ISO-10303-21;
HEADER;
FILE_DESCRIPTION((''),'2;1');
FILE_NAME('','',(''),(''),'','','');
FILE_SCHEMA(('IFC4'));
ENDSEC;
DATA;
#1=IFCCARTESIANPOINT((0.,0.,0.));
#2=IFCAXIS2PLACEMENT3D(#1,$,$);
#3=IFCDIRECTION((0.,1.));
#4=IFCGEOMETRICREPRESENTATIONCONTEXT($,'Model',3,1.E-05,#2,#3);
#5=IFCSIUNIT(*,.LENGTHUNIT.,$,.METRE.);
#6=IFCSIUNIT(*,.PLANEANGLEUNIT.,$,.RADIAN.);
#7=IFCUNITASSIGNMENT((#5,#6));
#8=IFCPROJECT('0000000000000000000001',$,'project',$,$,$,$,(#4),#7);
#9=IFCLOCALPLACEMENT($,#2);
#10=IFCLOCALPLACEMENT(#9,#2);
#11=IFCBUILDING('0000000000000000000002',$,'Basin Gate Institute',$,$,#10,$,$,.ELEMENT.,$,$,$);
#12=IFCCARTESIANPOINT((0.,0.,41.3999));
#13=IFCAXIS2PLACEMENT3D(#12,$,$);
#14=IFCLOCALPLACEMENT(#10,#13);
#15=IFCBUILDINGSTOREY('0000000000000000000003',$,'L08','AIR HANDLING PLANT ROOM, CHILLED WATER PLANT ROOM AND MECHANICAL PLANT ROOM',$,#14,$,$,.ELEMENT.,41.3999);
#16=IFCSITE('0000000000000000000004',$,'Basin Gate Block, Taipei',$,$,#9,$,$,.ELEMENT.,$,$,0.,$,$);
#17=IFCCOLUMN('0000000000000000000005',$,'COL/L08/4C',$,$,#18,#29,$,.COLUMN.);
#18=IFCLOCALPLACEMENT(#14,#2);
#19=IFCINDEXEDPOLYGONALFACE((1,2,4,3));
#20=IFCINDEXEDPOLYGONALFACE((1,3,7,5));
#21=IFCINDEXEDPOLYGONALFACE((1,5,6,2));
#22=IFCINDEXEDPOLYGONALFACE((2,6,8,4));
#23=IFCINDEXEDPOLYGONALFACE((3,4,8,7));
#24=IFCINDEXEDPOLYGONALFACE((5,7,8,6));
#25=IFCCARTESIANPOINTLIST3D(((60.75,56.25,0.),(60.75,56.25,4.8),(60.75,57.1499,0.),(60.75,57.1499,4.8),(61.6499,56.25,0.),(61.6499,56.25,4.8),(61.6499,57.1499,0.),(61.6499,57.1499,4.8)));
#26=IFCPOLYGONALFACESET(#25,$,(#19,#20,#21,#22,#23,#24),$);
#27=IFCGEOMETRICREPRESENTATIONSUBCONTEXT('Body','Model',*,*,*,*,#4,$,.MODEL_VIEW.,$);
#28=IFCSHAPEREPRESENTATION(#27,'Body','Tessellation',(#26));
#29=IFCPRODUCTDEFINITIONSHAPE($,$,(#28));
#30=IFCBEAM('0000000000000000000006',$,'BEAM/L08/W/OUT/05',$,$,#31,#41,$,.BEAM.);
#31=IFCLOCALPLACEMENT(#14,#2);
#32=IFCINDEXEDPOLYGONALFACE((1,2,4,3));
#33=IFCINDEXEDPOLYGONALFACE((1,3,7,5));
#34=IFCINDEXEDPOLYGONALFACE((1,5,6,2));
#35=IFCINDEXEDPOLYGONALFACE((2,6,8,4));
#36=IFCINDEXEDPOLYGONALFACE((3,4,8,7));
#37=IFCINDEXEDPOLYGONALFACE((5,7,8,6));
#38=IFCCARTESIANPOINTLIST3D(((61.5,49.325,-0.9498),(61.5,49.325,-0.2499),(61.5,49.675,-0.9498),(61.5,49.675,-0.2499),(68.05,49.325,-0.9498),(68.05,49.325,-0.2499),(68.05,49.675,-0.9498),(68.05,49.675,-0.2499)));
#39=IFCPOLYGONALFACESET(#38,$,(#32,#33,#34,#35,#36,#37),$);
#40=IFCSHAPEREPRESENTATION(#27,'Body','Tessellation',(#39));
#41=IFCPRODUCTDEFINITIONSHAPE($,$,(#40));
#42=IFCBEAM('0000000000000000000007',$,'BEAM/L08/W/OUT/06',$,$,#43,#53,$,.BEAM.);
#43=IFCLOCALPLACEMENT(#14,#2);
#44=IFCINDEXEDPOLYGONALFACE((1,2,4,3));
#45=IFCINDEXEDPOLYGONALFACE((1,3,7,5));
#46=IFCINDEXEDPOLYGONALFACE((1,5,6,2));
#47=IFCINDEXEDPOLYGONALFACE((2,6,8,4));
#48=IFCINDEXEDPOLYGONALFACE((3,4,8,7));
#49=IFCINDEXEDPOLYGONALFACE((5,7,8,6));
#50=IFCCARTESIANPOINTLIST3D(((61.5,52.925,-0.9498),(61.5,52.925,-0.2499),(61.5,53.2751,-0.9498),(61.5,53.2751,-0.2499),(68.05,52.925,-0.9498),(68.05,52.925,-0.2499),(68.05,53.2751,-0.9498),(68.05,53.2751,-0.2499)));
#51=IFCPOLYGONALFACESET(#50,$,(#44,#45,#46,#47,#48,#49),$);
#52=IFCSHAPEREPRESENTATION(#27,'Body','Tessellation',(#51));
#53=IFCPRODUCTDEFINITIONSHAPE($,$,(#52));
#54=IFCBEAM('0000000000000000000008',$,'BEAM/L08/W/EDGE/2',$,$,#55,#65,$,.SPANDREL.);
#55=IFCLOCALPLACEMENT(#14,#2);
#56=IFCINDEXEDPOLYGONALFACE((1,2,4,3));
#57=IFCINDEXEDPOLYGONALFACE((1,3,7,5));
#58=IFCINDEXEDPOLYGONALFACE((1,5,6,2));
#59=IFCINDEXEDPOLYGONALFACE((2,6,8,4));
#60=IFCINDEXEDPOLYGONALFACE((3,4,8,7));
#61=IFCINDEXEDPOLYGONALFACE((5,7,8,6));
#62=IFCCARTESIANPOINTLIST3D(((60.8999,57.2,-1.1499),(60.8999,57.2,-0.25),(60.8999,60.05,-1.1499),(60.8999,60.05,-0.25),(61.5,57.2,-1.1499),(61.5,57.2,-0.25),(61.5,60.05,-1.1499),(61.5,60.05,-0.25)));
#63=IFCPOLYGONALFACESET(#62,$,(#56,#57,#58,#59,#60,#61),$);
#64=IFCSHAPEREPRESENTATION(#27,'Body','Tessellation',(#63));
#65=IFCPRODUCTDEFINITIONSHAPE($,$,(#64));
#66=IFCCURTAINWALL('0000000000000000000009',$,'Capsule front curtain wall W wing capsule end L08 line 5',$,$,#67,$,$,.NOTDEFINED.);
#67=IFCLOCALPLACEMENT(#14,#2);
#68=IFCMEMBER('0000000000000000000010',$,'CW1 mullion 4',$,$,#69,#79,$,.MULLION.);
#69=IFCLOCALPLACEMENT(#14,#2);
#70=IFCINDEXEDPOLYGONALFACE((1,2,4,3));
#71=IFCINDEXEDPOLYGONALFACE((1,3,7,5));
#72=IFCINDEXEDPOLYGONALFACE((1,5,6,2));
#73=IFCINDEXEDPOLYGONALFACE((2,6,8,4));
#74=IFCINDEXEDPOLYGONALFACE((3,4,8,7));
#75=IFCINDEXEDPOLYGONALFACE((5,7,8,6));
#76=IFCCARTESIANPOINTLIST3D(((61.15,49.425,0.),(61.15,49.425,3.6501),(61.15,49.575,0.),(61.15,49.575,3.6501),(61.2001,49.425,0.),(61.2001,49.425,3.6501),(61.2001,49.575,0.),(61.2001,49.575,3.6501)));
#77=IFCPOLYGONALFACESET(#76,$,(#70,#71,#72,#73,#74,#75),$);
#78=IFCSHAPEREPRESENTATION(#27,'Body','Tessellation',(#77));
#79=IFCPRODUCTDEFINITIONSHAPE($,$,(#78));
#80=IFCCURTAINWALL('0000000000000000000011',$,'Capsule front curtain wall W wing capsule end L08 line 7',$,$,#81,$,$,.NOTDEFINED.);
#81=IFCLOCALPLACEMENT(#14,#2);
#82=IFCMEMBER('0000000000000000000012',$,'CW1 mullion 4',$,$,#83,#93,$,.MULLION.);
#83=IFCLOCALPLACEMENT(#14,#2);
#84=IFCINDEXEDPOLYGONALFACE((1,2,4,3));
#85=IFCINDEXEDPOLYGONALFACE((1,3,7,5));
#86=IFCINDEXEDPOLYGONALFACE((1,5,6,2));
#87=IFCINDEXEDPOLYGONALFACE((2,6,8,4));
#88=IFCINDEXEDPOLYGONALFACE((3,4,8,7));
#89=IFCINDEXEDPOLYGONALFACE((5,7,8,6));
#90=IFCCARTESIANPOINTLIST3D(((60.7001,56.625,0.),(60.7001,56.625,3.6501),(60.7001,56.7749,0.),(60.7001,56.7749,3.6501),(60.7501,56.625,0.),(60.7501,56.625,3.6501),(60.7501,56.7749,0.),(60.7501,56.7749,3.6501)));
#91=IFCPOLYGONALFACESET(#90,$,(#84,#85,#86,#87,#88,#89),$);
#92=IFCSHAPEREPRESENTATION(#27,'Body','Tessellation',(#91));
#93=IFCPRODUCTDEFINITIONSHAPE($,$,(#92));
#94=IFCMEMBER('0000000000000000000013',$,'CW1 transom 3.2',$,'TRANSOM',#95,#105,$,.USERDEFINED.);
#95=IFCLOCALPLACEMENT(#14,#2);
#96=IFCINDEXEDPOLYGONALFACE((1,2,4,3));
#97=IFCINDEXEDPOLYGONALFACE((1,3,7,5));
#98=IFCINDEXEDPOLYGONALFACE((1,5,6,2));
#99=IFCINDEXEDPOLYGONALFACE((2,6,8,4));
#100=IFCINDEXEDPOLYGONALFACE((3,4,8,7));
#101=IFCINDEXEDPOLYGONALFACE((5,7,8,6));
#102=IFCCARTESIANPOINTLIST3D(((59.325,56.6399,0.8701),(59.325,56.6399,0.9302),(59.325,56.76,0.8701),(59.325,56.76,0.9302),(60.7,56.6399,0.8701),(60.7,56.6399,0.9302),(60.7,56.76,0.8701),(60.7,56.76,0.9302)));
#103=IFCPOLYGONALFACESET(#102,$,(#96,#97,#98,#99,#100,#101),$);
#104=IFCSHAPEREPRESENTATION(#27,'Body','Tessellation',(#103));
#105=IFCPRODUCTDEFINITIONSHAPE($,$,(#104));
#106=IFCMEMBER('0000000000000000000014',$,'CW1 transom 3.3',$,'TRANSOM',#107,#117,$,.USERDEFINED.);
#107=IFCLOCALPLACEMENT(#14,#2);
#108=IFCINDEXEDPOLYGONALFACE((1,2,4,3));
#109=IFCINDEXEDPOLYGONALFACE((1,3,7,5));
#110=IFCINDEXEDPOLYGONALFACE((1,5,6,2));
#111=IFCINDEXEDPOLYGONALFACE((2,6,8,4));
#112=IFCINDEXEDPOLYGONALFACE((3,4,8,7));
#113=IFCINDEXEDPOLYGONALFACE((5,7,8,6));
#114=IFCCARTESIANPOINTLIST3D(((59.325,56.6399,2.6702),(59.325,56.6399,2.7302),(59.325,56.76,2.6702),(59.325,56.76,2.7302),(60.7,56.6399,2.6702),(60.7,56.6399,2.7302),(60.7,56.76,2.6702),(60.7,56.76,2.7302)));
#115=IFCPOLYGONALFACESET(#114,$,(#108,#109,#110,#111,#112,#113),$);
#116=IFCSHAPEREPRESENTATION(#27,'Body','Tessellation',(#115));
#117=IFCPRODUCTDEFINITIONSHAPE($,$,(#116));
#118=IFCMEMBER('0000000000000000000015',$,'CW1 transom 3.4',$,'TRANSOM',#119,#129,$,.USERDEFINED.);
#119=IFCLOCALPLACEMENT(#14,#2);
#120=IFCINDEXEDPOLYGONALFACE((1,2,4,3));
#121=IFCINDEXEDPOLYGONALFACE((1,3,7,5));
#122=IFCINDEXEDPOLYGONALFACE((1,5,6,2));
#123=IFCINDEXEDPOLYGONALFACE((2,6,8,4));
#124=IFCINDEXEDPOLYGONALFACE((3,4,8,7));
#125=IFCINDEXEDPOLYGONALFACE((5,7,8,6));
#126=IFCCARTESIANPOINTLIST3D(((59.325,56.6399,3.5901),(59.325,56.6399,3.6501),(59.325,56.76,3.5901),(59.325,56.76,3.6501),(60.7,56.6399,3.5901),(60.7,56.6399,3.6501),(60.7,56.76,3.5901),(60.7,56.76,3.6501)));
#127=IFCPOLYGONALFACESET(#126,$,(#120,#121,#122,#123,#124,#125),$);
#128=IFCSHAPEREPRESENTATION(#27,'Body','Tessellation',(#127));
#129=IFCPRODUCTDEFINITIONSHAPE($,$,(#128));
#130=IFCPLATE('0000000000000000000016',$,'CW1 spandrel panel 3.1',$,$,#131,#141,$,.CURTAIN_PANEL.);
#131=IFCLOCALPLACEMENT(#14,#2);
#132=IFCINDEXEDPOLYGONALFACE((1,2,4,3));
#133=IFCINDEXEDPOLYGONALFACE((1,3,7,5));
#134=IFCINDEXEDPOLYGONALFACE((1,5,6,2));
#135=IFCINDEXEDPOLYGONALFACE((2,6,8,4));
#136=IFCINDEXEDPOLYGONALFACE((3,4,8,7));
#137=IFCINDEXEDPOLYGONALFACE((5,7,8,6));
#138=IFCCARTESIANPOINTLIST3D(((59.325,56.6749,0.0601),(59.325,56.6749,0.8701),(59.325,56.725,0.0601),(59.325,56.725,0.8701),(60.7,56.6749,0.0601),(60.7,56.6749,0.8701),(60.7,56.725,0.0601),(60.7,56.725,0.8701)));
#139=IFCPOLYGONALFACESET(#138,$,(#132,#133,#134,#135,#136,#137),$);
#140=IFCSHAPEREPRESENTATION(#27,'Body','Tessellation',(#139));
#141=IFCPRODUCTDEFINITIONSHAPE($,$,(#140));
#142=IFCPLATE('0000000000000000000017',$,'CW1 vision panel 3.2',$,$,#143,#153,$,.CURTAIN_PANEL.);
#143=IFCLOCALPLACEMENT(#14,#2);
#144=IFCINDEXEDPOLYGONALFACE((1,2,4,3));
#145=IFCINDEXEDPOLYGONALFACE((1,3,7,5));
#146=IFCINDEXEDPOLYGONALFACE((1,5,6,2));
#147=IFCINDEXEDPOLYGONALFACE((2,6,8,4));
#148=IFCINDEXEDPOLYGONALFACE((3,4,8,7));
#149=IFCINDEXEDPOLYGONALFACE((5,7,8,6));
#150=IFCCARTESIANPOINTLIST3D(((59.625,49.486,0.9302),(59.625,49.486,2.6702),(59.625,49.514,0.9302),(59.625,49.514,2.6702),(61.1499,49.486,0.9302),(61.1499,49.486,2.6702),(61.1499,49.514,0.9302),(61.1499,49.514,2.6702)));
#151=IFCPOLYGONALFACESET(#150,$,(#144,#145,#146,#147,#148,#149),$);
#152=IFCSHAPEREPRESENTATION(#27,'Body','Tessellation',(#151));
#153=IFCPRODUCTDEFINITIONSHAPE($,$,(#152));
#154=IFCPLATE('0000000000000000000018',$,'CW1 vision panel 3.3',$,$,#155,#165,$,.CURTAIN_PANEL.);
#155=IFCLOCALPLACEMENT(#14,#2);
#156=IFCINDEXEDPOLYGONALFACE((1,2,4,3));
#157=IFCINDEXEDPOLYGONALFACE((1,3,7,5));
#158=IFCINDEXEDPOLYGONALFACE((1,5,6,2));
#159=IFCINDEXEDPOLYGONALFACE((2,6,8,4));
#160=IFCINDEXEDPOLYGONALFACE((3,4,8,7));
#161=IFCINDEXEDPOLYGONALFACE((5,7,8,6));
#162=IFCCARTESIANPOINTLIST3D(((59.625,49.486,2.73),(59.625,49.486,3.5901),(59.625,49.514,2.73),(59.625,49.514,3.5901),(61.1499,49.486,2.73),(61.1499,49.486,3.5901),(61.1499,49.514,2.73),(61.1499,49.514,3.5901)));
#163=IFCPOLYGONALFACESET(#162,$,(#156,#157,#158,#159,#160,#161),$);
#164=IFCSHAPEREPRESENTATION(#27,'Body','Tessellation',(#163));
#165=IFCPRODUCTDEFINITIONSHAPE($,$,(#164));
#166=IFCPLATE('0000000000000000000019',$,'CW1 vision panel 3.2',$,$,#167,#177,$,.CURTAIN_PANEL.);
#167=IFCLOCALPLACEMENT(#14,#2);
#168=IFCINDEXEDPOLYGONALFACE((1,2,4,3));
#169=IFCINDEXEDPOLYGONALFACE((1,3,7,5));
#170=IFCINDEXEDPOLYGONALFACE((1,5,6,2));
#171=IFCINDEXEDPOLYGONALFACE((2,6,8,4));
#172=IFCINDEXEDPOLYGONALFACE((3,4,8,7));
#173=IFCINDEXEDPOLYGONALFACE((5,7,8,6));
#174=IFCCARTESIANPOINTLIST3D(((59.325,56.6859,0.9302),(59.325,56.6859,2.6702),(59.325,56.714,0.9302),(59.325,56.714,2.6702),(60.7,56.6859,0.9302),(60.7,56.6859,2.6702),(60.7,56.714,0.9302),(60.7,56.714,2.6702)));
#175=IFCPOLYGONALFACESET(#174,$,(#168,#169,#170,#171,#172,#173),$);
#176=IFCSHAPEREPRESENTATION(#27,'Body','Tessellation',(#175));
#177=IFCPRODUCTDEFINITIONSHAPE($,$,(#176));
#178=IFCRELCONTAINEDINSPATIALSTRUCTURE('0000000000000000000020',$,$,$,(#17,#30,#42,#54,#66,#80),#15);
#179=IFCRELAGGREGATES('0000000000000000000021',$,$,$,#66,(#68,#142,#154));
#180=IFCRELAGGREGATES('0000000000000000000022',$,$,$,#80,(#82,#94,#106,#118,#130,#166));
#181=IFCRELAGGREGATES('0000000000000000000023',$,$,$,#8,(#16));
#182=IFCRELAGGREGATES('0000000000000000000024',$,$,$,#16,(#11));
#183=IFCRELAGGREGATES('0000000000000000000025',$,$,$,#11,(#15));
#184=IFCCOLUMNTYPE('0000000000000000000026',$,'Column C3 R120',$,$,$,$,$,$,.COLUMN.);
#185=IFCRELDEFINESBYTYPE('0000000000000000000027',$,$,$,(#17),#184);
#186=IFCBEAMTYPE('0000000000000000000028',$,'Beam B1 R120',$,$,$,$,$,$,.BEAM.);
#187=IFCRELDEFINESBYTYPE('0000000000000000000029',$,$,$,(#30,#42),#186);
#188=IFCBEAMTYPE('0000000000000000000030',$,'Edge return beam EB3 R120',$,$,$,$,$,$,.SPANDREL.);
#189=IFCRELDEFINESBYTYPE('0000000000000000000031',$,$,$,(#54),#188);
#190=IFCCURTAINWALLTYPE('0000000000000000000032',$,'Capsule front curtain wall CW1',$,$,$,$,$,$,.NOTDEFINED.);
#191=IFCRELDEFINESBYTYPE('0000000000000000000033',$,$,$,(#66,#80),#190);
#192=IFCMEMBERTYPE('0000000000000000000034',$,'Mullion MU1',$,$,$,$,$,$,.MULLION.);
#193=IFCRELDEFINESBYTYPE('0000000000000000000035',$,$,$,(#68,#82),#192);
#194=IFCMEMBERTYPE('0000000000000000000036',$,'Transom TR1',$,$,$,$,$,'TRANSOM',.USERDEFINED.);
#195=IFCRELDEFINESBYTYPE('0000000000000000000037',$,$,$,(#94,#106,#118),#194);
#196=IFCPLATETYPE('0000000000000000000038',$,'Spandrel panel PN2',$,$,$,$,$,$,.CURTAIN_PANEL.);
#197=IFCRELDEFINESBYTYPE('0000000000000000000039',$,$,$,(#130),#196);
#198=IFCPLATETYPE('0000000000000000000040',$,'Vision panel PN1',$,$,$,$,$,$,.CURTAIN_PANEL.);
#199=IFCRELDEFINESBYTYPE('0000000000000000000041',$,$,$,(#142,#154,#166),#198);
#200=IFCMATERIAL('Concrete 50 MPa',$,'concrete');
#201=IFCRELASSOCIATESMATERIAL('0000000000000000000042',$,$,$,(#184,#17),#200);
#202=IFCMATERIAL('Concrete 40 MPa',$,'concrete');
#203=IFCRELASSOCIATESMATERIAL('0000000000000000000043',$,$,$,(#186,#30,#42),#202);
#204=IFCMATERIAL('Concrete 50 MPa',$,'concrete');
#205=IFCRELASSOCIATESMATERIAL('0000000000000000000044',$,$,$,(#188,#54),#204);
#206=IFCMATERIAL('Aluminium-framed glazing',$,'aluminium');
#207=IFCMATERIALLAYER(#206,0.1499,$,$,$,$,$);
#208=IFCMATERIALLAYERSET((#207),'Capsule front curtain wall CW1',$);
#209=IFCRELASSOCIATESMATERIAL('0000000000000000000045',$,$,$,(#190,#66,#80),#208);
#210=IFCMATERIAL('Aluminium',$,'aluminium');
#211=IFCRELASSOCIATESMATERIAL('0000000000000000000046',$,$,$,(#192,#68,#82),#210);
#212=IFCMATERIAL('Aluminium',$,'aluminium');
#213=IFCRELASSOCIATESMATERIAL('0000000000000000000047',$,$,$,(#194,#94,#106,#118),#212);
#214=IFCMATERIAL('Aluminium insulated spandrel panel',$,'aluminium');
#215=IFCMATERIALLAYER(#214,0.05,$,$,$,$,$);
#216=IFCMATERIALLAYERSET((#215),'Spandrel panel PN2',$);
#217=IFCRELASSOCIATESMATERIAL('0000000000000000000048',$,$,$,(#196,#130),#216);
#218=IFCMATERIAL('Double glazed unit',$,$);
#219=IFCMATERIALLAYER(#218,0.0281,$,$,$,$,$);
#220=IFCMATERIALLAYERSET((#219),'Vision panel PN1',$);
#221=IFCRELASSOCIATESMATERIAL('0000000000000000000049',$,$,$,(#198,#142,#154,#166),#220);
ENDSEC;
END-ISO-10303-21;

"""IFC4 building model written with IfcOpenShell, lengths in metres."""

from ifc_helpers import new_model, si_unit, direction, frame, origin, origin_2d, place, context, subcontext, project, spatial, rectangle, extrude, material, layer, layer_set, material_profile, profile_set, type_object, element, aggregate, save


model = new_model("IFC4")

# Units and contexts
model_context = context("Model", 3, precision=1e-05, world=origin(), true_north=direction((0.0, 1.0)))
body_context = subcontext(model_context, "Body", "Model", "MODEL_VIEW")
ifc_project = project(units=[si_unit("LENGTHUNIT", "METRE"), si_unit("PLANEANGLEUNIT", "RADIAN")], contexts=[model_context])

# Site, building, storey
site_placement = place(None, origin())
site = spatial("IfcSite", under=ifc_project, at=site_placement, Name="Basin Gate Block, Taipei", CompositionType="ELEMENT", RefElevation=0.0)
building_placement = place(site_placement, origin())
building = spatial("IfcBuilding", under=site, at=building_placement, Name="Basin Gate Institute", CompositionType="ELEMENT")
storey_placement = place(building_placement, frame((0.0, 0.0, 41.3999)))
storey = spatial("IfcBuildingStorey", under=building, at=storey_placement, Name="L08", Description="AIR HANDLING PLANT ROOM, CHILLED WATER PLANT ROOM AND MECHANICAL PLANT ROOM", CompositionType="ELEMENT", Elevation=41.3999)

# Column
ifc_material_1 = material(Name="Concrete 50 MPa", Category="concrete")
ifc_material_profile_1 = material_profile(ifc_material_1, rectangle(XDim=0.8999, YDim=0.8999, at=origin_2d()), Name="Column C3 900 x 900")
ifc_profile_set_1 = profile_set([ifc_material_profile_1], Name="Concrete 50 MPa")
column_type = type_object("IfcColumnType", Name="Column C3 R120", PredefinedType="COLUMN", material=ifc_profile_set_1)
column_placement = place(storey_placement, frame((61.2, 56.7, 0.0), z_axis=(0.0, 0.0, 1.0), x_axis=(1.0, 0.0, 0.0)))
element("IfcColumn", 1, at=column_placement, inside=storey, type_object=column_type, material=ifc_profile_set_1, Name="COL/L08/4C", PredefinedType="COLUMN", context=body_context, shape_type="SweptSolid", body=[
    extrude(rectangle(XDim=0.8999, YDim=0.8999, at=origin_2d()), origin(), (0.0, 0.0, 1.0), 4.8),
])

# Beams
ifc_material_2 = material(Name="Concrete 40 MPa", Category="concrete")
ifc_material_profile_2 = material_profile(ifc_material_2, rectangle(XDim=0.3501, YDim=0.7, at=origin_2d()), Name="Beam B1 350 x 700")
ifc_profile_set_2 = profile_set([ifc_material_profile_2], Name="Concrete 40 MPa")
beam_type_1 = type_object("IfcBeamType", Name="Beam B1 R120", PredefinedType="BEAM", material=ifc_profile_set_2)
for number, where, z_axis, x_axis, name in (
    (2, (61.5, 49.5, -0.5999), (1.0, 0.0, 0.0), (0.0, 1.0, 0.0), "BEAM/L08/W/OUT/05"),
    (3, (61.5, 53.1001, -0.5999), (1.0, 0.0, 0.0), (0.0, 1.0, 0.0), "BEAM/L08/W/OUT/06"),
):
    element("IfcBeam", number, at=place(storey_placement, frame(where, z_axis=z_axis, x_axis=x_axis)), inside=storey, type_object=beam_type_1, material=ifc_profile_set_2, Name=name, PredefinedType="BEAM", context=body_context, shape_type="SweptSolid", body=[
        extrude(rectangle(XDim=0.3501, YDim=0.7, at=origin_2d()), origin(), (0.0, 0.0, 1.0), 6.55),
    ])
ifc_material_3 = material(Name="Concrete 50 MPa", Category="concrete")
ifc_material_profile_3 = material_profile(ifc_material_3, rectangle(XDim=0.6001, YDim=0.8999, at=origin_2d()), Name="Edge return beam EB3 600 x 900")
ifc_profile_set_3 = profile_set([ifc_material_profile_3], Name="Concrete 50 MPa")
beam_type_2 = type_object("IfcBeamType", Name="Edge return beam EB3 R120", PredefinedType="SPANDREL", material=ifc_profile_set_3)
beam_placement = place(storey_placement, frame((61.2, 57.2, -0.7), z_axis=(0.0, 1.0, 0.0), x_axis=(-1.0, 0.0, 0.0)))
element("IfcBeam", 4, at=beam_placement, inside=storey, type_object=beam_type_2, material=ifc_profile_set_3, Name="BEAM/L08/W/EDGE/2", PredefinedType="SPANDREL", context=body_context, shape_type="SweptSolid", body=[
    extrude(rectangle(XDim=0.6001, YDim=0.8999, at=origin_2d()), origin(), (0.0, 0.0, 1.0), 2.8501),
])

# Curtain wall, member
ifc_material_4 = material(Name="Aluminium-framed glazing", Category="aluminium")
ifc_layer_1 = layer(ifc_material_4, 0.1499)
ifc_layer_set_1 = layer_set([ifc_layer_1], Name="Capsule front curtain wall CW1")
curtain_wall_type = type_object("IfcCurtainWallType", Name="Capsule front curtain wall CW1", PredefinedType="NOTDEFINED", material=ifc_layer_set_1)
curtain_wall_1_placement = place(storey_placement, origin())
curtain_wall_1 = element("IfcCurtainWall", 5, at=curtain_wall_1_placement, inside=storey, type_object=curtain_wall_type, material=ifc_layer_set_1, Name="Capsule front curtain wall W wing capsule end L08 line 5", PredefinedType="NOTDEFINED")
ifc_material_5 = material(Name="Aluminium", Category="aluminium")
ifc_material_profile_4 = material_profile(ifc_material_5, rectangle(XDim=0.1499, YDim=0.05, at=origin_2d()), Name="Mullion MU1 150 x 50")
ifc_profile_set_4 = profile_set([ifc_material_profile_4], Name="Aluminium")
member_type_1 = type_object("IfcMemberType", Name="Mullion MU1", PredefinedType="MULLION", material=ifc_profile_set_4)
member_1_placement = place(storey_placement, frame((61.175, 49.5, 0.0), z_axis=(0.0, 0.0, 1.0), x_axis=(0.0, 1.0, 0.0)))
member_1 = element("IfcMember", 6, at=member_1_placement, type_object=member_type_1, material=ifc_profile_set_4, Name="CW1 mullion 4", PredefinedType="MULLION", context=body_context, shape_type="SweptSolid", body=[
    extrude(rectangle(XDim=0.1499, YDim=0.05, at=origin_2d()), origin(), (0.0, 0.0, 1.0), 3.6501),
])

# Curtain wall, members, plate
curtain_wall_2_placement = place(storey_placement, origin())
curtain_wall_2 = element("IfcCurtainWall", 7, at=curtain_wall_2_placement, inside=storey, type_object=curtain_wall_type, material=ifc_layer_set_1, Name="Capsule front curtain wall W wing capsule end L08 line 7", PredefinedType="NOTDEFINED")
member_2_placement = place(storey_placement, frame((60.7251, 56.7, 0.0), z_axis=(0.0, 0.0, 1.0), x_axis=(0.0, 1.0, 0.0)))
member_2 = element("IfcMember", 8, at=member_2_placement, type_object=member_type_1, material=ifc_profile_set_4, Name="CW1 mullion 4", PredefinedType="MULLION", context=body_context, shape_type="SweptSolid", body=[
    extrude(rectangle(XDim=0.1499, YDim=0.05, at=origin_2d()), origin(), (0.0, 0.0, 1.0), 3.6501),
])
ifc_material_6 = material(Name="Aluminium", Category="aluminium")
ifc_material_profile_5 = material_profile(ifc_material_6, rectangle(XDim=0.1201, YDim=0.0601, at=origin_2d()), Name="Transom TR1 120 x 60")
ifc_profile_set_5 = profile_set([ifc_material_profile_5], Name="Aluminium")
member_type_2 = type_object("IfcMemberType", Name="Transom TR1", ElementType="TRANSOM", PredefinedType="USERDEFINED", material=ifc_profile_set_5)
member_3_placement = place(storey_placement, frame((59.325, 56.7, 0.9001), z_axis=(1.0, 0.0, 0.0), x_axis=(0.0, 1.0, 0.0)))
member_3 = element("IfcMember", 9, at=member_3_placement, type_object=member_type_2, material=ifc_profile_set_5, Name="CW1 transom 3.2", ObjectType="TRANSOM", PredefinedType="USERDEFINED", context=body_context, shape_type="SweptSolid", body=[
    extrude(rectangle(XDim=0.1201, YDim=0.0601, at=origin_2d()), origin(), (0.0, 0.0, 1.0), 1.375),
])
member_4_placement = place(storey_placement, frame((59.325, 56.7, 2.7002), z_axis=(1.0, 0.0, 0.0), x_axis=(0.0, 1.0, 0.0)))
member_4 = element("IfcMember", 10, at=member_4_placement, type_object=member_type_2, material=ifc_profile_set_5, Name="CW1 transom 3.3", ObjectType="TRANSOM", PredefinedType="USERDEFINED", context=body_context, shape_type="SweptSolid", body=[
    extrude(rectangle(XDim=0.1201, YDim=0.0601, at=origin_2d()), origin(), (0.0, 0.0, 1.0), 1.375),
])
member_5_placement = place(storey_placement, frame((59.325, 56.7, 3.6201), z_axis=(1.0, 0.0, 0.0), x_axis=(0.0, 1.0, 0.0)))
member_5 = element("IfcMember", 11, at=member_5_placement, type_object=member_type_2, material=ifc_profile_set_5, Name="CW1 transom 3.4", ObjectType="TRANSOM", PredefinedType="USERDEFINED", context=body_context, shape_type="SweptSolid", body=[
    extrude(rectangle(XDim=0.1201, YDim=0.0601, at=origin_2d()), origin(), (0.0, 0.0, 1.0), 1.375),
])
ifc_material_7 = material(Name="Aluminium insulated spandrel panel", Category="aluminium")
ifc_layer_2 = layer(ifc_material_7, 0.05)
ifc_layer_set_2 = layer_set([ifc_layer_2], Name="Spandrel panel PN2")
plate_type_1 = type_object("IfcPlateType", Name="Spandrel panel PN2", PredefinedType="CURTAIN_PANEL", material=ifc_layer_set_2)
plate_1_placement = place(storey_placement, frame((60.0125, 56.7, 0.0601), z_axis=(0.0, 0.0, 1.0), x_axis=(1.0, 0.0, 0.0)))
plate_1 = element("IfcPlate", 12, at=plate_1_placement, type_object=plate_type_1, material=ifc_layer_set_2, Name="CW1 spandrel panel 3.1", PredefinedType="CURTAIN_PANEL", context=body_context, shape_type="SweptSolid", body=[
    extrude(rectangle(XDim=1.375, YDim=0.05, at=origin_2d()), origin(), (0.0, 0.0, 1.0), 0.8101),
])

# Plates
ifc_material_8 = material(Name="Double glazed unit")
ifc_layer_3 = layer(ifc_material_8, 0.0281)
ifc_layer_set_3 = layer_set([ifc_layer_3], Name="Vision panel PN1")
plate_type_2 = type_object("IfcPlateType", Name="Vision panel PN1", PredefinedType="CURTAIN_PANEL", material=ifc_layer_set_3)
plate_2_placement = place(storey_placement, frame((60.3875, 49.5, 0.9302), z_axis=(0.0, 0.0, 1.0), x_axis=(1.0, 0.0, 0.0)))
plate_2 = element("IfcPlate", 13, at=plate_2_placement, type_object=plate_type_2, material=ifc_layer_set_3, Name="CW1 vision panel 3.2", PredefinedType="CURTAIN_PANEL", context=body_context, shape_type="SweptSolid", body=[
    extrude(rectangle(XDim=1.5249, YDim=0.0281, at=origin_2d()), origin(), (0.0, 0.0, 1.0), 1.74),
])
plate_3_placement = place(storey_placement, frame((60.3875, 49.5, 2.73), z_axis=(0.0, 0.0, 1.0), x_axis=(1.0, 0.0, 0.0)))
plate_3 = element("IfcPlate", 14, at=plate_3_placement, type_object=plate_type_2, material=ifc_layer_set_3, Name="CW1 vision panel 3.3", PredefinedType="CURTAIN_PANEL", context=body_context, shape_type="SweptSolid", body=[
    extrude(rectangle(XDim=1.5249, YDim=0.0281, at=origin_2d()), origin(), (0.0, 0.0, 1.0), 0.8601),
])
aggregate(curtain_wall_1, [member_1, plate_2, plate_3])
plate_4_placement = place(storey_placement, frame((60.0125, 56.7, 0.9302), z_axis=(0.0, 0.0, 1.0), x_axis=(1.0, 0.0, 0.0)))
plate_4 = element("IfcPlate", 15, at=plate_4_placement, type_object=plate_type_2, material=ifc_layer_set_3, Name="CW1 vision panel 3.2", PredefinedType="CURTAIN_PANEL", context=body_context, shape_type="SweptSolid", body=[
    extrude(rectangle(XDim=1.375, YDim=0.0281, at=origin_2d()), origin(), (0.0, 0.0, 1.0), 1.74),
])
aggregate(curtain_wall_2, [member_2, member_3, member_4, member_5, plate_1, plate_4])

save(model, "model.ifc")
